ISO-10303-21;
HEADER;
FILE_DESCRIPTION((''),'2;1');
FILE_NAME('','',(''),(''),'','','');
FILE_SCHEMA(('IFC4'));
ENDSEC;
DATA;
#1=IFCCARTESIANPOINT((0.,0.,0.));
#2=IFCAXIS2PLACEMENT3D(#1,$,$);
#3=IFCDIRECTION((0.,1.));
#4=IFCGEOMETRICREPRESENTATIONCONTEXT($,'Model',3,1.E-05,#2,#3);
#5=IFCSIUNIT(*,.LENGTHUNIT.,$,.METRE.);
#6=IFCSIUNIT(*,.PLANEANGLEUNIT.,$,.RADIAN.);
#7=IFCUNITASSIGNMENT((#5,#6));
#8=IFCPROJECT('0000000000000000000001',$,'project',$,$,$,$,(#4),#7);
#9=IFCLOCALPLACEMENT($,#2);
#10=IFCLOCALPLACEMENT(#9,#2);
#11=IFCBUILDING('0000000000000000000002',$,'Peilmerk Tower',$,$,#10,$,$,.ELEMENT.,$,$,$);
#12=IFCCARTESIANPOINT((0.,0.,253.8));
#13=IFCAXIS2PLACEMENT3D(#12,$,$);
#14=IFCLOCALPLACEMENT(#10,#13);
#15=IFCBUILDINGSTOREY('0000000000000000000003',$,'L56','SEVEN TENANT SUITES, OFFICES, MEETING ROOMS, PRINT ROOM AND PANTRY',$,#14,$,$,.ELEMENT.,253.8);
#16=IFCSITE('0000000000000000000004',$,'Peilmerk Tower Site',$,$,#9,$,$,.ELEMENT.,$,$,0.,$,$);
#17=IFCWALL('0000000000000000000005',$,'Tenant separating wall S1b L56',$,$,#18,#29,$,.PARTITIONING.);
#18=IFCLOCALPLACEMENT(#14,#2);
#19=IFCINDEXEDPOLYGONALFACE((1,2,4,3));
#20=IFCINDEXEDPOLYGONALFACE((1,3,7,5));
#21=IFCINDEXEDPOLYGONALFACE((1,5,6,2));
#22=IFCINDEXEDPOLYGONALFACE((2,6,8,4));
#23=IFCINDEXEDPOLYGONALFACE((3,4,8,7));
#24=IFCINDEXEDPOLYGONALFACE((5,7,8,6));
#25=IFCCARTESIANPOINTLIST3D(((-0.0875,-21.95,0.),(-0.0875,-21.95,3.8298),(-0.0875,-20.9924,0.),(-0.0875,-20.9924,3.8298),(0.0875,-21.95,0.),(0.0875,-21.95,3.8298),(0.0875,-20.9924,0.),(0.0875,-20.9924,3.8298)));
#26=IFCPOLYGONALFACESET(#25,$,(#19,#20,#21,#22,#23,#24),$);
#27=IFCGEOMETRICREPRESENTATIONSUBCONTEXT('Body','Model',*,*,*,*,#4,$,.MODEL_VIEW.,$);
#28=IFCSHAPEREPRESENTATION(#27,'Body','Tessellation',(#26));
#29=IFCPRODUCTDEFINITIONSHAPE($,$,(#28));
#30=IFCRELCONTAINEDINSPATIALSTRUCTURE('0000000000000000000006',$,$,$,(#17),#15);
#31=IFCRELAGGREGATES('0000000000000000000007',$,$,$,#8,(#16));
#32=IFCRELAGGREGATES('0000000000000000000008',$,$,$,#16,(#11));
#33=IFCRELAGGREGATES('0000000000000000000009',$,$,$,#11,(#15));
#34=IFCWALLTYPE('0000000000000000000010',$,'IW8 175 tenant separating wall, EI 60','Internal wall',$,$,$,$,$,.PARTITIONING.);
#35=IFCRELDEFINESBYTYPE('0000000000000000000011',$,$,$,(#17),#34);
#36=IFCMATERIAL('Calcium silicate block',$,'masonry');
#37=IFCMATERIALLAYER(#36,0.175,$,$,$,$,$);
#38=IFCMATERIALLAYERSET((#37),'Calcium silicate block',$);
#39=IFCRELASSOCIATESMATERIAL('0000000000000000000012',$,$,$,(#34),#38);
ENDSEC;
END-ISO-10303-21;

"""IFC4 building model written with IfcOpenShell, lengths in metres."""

from ifc_helpers import new_model, si_unit, direction, frame, frame_2d, origin, place, context, subcontext, project, spatial, rectangle, extrude, material, layer, layer_set, type_object, element, save


model = new_model("IFC4")

# Units and contexts
model_context = context("Model", 3, precision=1e-05, world=origin(), true_north=direction((0.0, 1.0)))
body_context = subcontext(model_context, "Body", "Model", "MODEL_VIEW")
ifc_project = project(units=[si_unit("LENGTHUNIT", "METRE"), si_unit("PLANEANGLEUNIT", "RADIAN")], contexts=[model_context])

# Site, building, storey
site_placement = place(None, origin())
site = spatial("IfcSite", under=ifc_project, at=site_placement, Name="Peilmerk Tower Site", CompositionType="ELEMENT", RefElevation=0.0)
building_placement = place(site_placement, origin())
building = spatial("IfcBuilding", under=site, at=building_placement, Name="Peilmerk Tower", CompositionType="ELEMENT")
storey_placement = place(building_placement, frame((0.0, 0.0, 253.8)))
storey = spatial("IfcBuildingStorey", under=building, at=storey_placement, Name="L56", Description="SEVEN TENANT SUITES, OFFICES, MEETING ROOMS, PRINT ROOM AND PANTRY", CompositionType="ELEMENT", Elevation=253.8)

# Wall
ifc_material_1 = material(Name="Calcium silicate block", Category="masonry")
ifc_layer_1 = layer(ifc_material_1, 0.175)
ifc_layer_set_1 = layer_set([ifc_layer_1], Name="Calcium silicate block")
wall_type = type_object("IfcWallType", Name="IW8 175 tenant separating wall, EI 60", Description="Internal wall", PredefinedType="PARTITIONING", material=ifc_layer_set_1)
wall_1_placement = place(storey_placement, frame((0.0, -20.9924, 0.0), z_axis=(0.0, 0.0, 1.0), x_axis=(0.0, -1.0, 0.0)))
element("IfcWall", 1, at=wall_1_placement, inside=storey, type_object=wall_type, Name="Tenant separating wall S1b L56", PredefinedType="PARTITIONING", context=body_context, shape_type="SweptSolid", body=[
    extrude(rectangle(XDim=0.9575, YDim=0.175, at=frame_2d((0.4788, 0.0))), origin(), (0.0, 0.0, 1.0), 3.8298),
])

save(model, "model.ifc")
